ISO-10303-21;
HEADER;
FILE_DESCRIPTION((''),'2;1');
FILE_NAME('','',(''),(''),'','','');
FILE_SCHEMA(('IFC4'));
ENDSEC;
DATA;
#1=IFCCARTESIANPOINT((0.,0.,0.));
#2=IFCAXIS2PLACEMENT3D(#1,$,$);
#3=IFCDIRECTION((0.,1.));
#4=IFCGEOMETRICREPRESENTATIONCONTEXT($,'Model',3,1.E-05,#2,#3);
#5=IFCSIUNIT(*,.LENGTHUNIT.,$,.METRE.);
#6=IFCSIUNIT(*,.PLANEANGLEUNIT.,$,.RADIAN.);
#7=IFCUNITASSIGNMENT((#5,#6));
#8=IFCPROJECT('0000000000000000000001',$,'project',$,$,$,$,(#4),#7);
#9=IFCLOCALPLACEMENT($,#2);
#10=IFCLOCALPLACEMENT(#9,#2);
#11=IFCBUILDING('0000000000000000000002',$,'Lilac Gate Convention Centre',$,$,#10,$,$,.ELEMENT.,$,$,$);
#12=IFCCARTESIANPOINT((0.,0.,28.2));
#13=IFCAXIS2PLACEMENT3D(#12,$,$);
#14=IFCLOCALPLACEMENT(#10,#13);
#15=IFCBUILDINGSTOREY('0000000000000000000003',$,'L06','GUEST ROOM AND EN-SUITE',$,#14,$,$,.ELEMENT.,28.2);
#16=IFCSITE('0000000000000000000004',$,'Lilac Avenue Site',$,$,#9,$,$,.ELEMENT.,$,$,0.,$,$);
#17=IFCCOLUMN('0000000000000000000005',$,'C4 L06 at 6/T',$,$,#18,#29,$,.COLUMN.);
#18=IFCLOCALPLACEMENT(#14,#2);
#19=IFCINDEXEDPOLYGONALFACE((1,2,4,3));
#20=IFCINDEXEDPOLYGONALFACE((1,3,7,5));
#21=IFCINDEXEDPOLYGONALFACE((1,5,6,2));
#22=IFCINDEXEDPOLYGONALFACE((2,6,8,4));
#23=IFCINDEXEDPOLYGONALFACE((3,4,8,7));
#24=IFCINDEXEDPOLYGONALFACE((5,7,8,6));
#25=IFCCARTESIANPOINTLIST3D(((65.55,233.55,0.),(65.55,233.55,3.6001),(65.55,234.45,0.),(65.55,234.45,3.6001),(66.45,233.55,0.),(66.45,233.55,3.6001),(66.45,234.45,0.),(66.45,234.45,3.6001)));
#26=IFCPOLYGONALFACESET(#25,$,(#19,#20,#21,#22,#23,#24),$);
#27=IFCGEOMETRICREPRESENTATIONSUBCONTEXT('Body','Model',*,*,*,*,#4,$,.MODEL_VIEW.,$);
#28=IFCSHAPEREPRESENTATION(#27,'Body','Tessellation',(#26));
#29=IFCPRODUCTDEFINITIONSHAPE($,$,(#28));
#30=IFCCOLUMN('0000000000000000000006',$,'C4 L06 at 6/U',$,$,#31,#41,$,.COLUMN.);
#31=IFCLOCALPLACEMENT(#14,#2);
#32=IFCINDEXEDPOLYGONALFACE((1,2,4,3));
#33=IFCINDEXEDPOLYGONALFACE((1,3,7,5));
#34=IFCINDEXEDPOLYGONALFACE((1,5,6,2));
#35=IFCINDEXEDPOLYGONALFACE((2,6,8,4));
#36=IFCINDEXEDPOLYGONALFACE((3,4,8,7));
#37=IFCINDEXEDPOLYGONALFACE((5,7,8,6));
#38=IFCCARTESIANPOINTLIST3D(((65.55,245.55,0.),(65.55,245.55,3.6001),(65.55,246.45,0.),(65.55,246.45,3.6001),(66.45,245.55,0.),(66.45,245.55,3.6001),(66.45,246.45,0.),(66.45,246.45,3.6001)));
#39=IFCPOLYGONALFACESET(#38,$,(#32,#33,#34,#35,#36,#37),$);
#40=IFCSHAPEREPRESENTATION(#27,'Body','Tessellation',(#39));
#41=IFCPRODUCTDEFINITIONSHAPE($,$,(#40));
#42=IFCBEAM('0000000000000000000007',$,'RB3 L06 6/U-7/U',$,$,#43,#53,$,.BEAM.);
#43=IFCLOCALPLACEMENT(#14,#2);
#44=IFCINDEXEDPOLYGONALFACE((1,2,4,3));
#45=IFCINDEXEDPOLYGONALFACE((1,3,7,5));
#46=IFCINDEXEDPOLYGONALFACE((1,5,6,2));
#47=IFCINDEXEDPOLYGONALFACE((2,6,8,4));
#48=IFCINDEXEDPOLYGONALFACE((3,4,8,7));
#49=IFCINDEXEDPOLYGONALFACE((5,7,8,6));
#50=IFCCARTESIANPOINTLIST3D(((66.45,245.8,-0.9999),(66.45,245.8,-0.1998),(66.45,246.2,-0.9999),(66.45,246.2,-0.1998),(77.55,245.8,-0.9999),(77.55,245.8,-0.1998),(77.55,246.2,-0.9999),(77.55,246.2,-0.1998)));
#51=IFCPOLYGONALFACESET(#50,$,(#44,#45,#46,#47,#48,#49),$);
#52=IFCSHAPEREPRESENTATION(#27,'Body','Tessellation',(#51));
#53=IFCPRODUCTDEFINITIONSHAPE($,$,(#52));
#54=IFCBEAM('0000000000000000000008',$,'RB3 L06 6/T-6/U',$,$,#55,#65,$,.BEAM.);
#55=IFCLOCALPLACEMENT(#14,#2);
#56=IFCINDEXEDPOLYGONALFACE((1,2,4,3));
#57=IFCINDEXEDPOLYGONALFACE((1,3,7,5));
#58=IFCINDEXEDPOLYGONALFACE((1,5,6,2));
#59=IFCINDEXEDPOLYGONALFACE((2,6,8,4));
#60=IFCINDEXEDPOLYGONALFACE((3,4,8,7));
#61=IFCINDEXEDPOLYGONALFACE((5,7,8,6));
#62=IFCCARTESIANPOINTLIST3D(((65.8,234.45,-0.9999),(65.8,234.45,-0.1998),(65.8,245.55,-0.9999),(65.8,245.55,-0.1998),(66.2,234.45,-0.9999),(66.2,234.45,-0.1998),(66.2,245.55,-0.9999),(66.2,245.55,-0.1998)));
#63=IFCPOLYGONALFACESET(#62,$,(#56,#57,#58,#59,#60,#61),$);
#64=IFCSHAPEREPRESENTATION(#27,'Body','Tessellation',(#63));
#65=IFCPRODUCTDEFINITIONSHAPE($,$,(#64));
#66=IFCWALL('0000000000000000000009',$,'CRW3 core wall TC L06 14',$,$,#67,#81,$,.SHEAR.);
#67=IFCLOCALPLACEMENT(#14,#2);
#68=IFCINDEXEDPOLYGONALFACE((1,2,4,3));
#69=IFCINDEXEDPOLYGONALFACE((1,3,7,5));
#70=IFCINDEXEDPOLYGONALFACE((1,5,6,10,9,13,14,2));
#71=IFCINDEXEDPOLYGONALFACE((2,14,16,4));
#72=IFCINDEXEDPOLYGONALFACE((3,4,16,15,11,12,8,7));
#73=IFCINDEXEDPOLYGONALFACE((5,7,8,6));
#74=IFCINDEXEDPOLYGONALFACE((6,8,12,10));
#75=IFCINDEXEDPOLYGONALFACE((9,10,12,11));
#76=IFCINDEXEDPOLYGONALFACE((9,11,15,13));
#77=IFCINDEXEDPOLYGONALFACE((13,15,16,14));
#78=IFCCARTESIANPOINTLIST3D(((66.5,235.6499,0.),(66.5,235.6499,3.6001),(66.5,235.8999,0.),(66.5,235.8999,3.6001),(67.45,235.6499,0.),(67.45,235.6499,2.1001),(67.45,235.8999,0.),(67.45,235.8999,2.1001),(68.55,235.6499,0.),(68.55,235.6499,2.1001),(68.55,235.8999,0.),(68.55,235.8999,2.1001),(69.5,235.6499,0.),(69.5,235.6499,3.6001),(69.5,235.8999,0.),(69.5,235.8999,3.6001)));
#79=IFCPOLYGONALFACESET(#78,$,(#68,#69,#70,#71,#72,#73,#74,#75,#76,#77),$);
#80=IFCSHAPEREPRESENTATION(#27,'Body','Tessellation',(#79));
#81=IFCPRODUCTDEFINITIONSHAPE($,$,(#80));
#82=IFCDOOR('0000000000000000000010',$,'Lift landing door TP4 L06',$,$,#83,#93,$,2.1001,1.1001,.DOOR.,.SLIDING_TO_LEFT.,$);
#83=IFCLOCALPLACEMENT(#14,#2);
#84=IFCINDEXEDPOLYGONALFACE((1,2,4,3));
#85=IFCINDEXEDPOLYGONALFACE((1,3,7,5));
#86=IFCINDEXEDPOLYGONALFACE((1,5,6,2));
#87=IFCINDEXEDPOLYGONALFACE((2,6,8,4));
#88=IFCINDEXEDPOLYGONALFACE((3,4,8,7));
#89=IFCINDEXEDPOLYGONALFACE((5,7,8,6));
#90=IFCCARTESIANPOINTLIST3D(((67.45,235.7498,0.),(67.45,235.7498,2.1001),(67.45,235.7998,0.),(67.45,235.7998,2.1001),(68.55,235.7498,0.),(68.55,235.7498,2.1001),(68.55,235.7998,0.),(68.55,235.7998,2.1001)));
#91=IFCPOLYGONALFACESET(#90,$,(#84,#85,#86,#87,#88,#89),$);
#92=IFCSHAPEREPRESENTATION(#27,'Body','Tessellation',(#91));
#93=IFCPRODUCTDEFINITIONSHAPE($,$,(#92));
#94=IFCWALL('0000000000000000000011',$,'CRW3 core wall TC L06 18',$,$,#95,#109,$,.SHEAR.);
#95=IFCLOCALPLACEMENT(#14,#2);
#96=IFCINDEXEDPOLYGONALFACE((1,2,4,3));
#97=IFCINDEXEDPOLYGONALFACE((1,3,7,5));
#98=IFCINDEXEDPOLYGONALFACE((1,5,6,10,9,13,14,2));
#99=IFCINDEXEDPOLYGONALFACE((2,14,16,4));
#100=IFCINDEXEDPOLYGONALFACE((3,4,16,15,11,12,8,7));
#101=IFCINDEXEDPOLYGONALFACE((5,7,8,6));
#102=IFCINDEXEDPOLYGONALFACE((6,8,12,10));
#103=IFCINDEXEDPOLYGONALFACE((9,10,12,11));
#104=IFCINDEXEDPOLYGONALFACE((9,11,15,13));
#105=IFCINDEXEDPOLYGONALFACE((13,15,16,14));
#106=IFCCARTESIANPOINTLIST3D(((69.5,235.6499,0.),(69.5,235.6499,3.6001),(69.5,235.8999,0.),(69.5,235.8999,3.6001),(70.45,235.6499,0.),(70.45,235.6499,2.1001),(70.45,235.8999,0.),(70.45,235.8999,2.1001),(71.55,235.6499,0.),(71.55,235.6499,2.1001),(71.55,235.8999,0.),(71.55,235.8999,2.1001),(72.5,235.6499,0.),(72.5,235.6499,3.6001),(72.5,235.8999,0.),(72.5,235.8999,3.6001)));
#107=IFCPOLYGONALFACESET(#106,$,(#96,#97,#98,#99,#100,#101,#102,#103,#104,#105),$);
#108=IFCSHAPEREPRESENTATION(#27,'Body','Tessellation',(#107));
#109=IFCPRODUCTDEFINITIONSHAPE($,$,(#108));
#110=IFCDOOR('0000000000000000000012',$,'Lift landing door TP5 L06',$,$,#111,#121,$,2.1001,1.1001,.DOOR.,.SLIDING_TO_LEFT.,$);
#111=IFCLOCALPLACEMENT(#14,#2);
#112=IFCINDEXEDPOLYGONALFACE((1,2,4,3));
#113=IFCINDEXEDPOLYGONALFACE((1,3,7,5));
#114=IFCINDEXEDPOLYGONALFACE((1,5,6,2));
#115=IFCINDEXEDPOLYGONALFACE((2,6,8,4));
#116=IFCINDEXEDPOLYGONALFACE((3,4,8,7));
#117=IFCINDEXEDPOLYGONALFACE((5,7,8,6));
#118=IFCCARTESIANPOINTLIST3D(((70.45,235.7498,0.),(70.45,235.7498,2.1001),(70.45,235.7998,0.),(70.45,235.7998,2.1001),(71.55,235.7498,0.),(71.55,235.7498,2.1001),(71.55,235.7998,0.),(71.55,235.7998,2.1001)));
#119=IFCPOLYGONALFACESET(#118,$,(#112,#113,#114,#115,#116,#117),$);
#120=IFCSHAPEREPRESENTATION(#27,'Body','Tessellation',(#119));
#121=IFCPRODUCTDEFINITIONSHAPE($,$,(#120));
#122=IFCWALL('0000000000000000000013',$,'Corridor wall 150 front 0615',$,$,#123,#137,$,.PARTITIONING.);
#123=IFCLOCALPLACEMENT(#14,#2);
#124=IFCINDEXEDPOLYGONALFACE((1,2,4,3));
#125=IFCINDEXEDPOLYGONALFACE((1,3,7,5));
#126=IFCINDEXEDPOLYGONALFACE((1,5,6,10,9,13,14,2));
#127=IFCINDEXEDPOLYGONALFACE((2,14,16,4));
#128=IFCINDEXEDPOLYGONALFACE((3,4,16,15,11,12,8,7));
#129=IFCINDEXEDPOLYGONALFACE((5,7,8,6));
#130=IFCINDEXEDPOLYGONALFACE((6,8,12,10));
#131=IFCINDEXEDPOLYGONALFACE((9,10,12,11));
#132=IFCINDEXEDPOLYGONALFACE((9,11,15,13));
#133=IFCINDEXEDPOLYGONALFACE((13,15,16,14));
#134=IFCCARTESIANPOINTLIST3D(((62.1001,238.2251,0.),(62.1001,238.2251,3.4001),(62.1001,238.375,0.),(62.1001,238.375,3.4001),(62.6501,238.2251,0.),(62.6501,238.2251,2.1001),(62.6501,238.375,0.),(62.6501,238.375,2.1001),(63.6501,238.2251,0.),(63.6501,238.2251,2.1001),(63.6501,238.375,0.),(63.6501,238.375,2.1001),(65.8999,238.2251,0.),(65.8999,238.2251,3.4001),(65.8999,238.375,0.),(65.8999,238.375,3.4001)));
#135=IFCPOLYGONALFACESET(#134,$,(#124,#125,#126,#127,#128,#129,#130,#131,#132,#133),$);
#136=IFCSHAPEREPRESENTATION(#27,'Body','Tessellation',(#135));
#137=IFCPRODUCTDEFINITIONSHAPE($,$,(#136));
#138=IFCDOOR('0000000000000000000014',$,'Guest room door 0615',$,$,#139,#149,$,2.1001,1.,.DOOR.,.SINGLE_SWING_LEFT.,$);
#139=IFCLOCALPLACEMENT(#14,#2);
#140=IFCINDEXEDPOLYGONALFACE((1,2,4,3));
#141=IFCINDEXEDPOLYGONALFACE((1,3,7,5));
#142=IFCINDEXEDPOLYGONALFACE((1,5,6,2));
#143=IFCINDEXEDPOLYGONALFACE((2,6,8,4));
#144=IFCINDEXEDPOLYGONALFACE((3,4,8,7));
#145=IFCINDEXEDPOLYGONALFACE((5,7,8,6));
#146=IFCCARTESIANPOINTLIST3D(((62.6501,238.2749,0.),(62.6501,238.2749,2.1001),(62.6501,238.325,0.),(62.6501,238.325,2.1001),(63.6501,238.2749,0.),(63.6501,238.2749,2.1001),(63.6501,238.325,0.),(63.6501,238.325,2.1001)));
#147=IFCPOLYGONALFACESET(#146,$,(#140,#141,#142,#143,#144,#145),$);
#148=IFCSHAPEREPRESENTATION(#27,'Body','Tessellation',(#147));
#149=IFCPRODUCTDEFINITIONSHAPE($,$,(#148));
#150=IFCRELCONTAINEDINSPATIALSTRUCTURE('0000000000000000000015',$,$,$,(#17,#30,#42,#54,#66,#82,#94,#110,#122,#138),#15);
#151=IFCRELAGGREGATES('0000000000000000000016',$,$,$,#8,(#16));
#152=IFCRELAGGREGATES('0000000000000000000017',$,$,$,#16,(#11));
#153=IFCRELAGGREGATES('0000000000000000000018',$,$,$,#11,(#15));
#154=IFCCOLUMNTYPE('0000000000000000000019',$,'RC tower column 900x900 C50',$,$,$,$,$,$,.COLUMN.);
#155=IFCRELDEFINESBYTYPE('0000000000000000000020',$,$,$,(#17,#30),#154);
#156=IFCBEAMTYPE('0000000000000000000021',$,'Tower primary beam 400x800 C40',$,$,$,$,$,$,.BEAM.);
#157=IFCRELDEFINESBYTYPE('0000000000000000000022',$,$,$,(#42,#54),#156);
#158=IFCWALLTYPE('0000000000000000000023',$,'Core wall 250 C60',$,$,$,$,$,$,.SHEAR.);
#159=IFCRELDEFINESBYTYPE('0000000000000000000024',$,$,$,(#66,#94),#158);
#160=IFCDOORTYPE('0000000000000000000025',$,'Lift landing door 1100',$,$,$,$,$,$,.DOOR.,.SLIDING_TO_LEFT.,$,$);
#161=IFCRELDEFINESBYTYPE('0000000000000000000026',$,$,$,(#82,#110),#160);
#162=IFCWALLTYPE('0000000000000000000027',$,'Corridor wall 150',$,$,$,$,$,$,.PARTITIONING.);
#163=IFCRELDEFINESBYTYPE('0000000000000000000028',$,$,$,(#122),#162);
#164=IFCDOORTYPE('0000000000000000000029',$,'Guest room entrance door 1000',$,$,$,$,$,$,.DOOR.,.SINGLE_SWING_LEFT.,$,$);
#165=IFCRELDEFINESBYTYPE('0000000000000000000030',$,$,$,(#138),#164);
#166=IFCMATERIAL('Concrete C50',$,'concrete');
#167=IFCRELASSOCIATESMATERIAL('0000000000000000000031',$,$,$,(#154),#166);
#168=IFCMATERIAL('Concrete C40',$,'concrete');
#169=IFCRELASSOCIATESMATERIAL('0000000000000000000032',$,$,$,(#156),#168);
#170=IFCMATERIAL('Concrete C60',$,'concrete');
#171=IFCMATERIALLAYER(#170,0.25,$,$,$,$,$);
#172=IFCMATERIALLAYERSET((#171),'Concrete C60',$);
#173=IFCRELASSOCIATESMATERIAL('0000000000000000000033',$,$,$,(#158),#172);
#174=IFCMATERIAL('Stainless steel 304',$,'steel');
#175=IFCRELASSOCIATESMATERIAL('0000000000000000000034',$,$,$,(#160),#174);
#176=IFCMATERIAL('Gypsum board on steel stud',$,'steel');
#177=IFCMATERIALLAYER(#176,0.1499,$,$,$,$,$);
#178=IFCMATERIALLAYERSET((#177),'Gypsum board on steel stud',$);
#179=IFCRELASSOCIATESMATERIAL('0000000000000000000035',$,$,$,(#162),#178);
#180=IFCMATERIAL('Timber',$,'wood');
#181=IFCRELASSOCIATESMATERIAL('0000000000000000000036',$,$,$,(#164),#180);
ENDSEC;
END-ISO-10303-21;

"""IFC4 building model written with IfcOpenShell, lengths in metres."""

from ifc_helpers import new_model, si_unit, direction, frame, frame_2d, origin, origin_2d, place, context, subcontext, project, spatial, rectangle, extrude, material, layer, layer_set, material_profile, profile_set, type_object, element, fill, save


model = new_model("IFC4")

# Units and contexts
model_context = context("Model", 3, precision=1e-05, world=origin(), true_north=direction((0.0, 1.0)))
body_context = subcontext(model_context, "Body", "Model", "MODEL_VIEW")
ifc_project = project(units=[si_unit("LENGTHUNIT", "METRE"), si_unit("PLANEANGLEUNIT", "RADIAN")], contexts=[model_context])

# Site, building, storey
site_placement = place(None, origin())
site = spatial("IfcSite", under=ifc_project, at=site_placement, Name="Lilac Avenue Site", CompositionType="ELEMENT", RefElevation=0.0)
building_placement = place(site_placement, origin())
building = spatial("IfcBuilding", under=site, at=building_placement, Name="Lilac Gate Convention Centre", CompositionType="ELEMENT")
storey_placement = place(building_placement, frame((0.0, 0.0, 28.2)))
storey = spatial("IfcBuildingStorey", under=building, at=storey_placement, Name="L06", Description="GUEST ROOM AND EN-SUITE", CompositionType="ELEMENT", Elevation=28.2)

# Columns
ifc_material_1 = material(Name="Concrete C50", Category="concrete")
ifc_material_profile_1 = material_profile(ifc_material_1, rectangle(XDim=0.8999, YDim=0.8999, at=origin_2d()), Name="RC 900x900")
ifc_profile_set_1 = profile_set([ifc_material_profile_1], Name="Concrete C50")
column_type = type_object("IfcColumnType", Name="RC tower column 900x900 C50", PredefinedType="COLUMN", material=ifc_profile_set_1)
for number, where, z_axis, x_axis, name in (
    (1, (66.0, 234.0, 0.0), (0.0, 0.0, 1.0), (1.0, 0.0, 0.0), "C4 L06 at 6/T"),
    (2, (66.0, 246.0, 0.0), (0.0, 0.0, 1.0), (1.0, 0.0, 0.0), "C4 L06 at 6/U"),
):
    element("IfcColumn", number, at=place(storey_placement, frame(where, z_axis=z_axis, x_axis=x_axis)), inside=storey, type_object=column_type, Name=name, PredefinedType="COLUMN", context=body_context, shape_type="SweptSolid", body=[
        extrude(rectangle(XDim=0.8999, YDim=0.8999, at=origin_2d()), origin(), (0.0, 0.0, 1.0), 3.6001),
    ])

# Beams
ifc_material_2 = material(Name="Concrete C40", Category="concrete")
ifc_material_profile_2 = material_profile(ifc_material_2, rectangle(XDim=0.3999, YDim=0.8, at=origin_2d()), Name="RC 400x800")
ifc_profile_set_2 = profile_set([ifc_material_profile_2], Name="Concrete C40")
beam_type = type_object("IfcBeamType", Name="Tower primary beam 400x800 C40", PredefinedType="BEAM", material=ifc_profile_set_2)
for number, where, z_axis, x_axis, name in (
    (3, (66.45, 246.0, -0.5999), (1.0, 0.0, 0.0), (0.0, 1.0, 0.0), "RB3 L06 6/U-7/U"),
    (4, (66.0, 234.45, -0.5999), (0.0, 1.0, 0.0), (-1.0, 0.0, 0.0), "RB3 L06 6/T-6/U"),
):
    element("IfcBeam", number, at=place(storey_placement, frame(where, z_axis=z_axis, x_axis=x_axis)), inside=storey, type_object=beam_type, Name=name, PredefinedType="BEAM", context=body_context, shape_type="SweptSolid", body=[
        extrude(rectangle(XDim=0.3999, YDim=0.8, at=origin_2d()), origin(), (0.0, 0.0, 1.0), 11.1001),
    ])

# Walls, openings, doors
ifc_material_3 = material(Name="Concrete C60", Category="concrete")
ifc_layer_1 = layer(ifc_material_3, 0.25)
ifc_layer_set_1 = layer_set([ifc_layer_1], Name="Concrete C60")
wall_type_1 = type_object("IfcWallType", Name="Core wall 250 C60", PredefinedType="SHEAR", material=ifc_layer_set_1)
wall_1_placement = place(storey_placement, frame((66.5, 235.7749, 0.0), z_axis=(0.0, 0.0, 1.0), x_axis=(1.0, 0.0, 0.0)))
wall_1 = element("IfcWall", 5, at=wall_1_placement, inside=storey, type_object=wall_type_1, Name="CRW3 core wall TC L06 14", PredefinedType="SHEAR", context=body_context, shape_type="SweptSolid", body=[
    extrude(rectangle(XDim=3.0, YDim=0.25, at=frame_2d((1.5, 0.0))), origin(), (0.0, 0.0, 1.0), 3.6001),
])
opening_1_placement = place(wall_1_placement, frame((0.95, 0.0, 0.0)))
opening_1 = element("IfcOpeningElement", 6, at=opening_1_placement, cuts=wall_1, PredefinedType="OPENING", context=body_context, shape_type="SweptSolid", body=[
    extrude(rectangle(XDim=1.1001, YDim=2.1001, at=frame_2d((0.55, 1.05))), frame((0.0, 0.135, 0.0), z_axis=(0.0, -1.0, 0.0), x_axis=(1.0, 0.0, 0.0)), (0.0, 0.0, 1.0), 0.27),
])
ifc_material_4 = material(Name="Stainless steel 304", Category="steel")
door_type_1 = type_object("IfcDoorType", Name="Lift landing door 1100", OperationType="SLIDING_TO_LEFT", PredefinedType="DOOR", material=ifc_material_4)
door_1_placement = place(opening_1_placement, origin())
door_1 = element("IfcDoor", 7, at=door_1_placement, inside=storey, type_object=door_type_1, Name="Lift landing door TP4 L06", OperationType="SLIDING_TO_LEFT", OverallHeight=2.1001, OverallWidth=1.1001, PredefinedType="DOOR", context=body_context, shape_type="SweptSolid", body=[
    extrude(rectangle(XDim=1.1001, YDim=2.1001, at=frame_2d((0.55, 1.05))), frame((0.0, 0.0249, 0.0), z_axis=(0.0, -1.0, 0.0), x_axis=(1.0, 0.0, 0.0)), (0.0, 0.0, 1.0), 0.05),
])
fill(opening_1, door_1)
wall_2_placement = place(storey_placement, frame((69.5, 235.7749, 0.0), z_axis=(0.0, 0.0, 1.0), x_axis=(1.0, 0.0, 0.0)))
wall_2 = element("IfcWall", 8, at=wall_2_placement, inside=storey, type_object=wall_type_1, Name="CRW3 core wall TC L06 18", PredefinedType="SHEAR", context=body_context, shape_type="SweptSolid", body=[
    extrude(rectangle(XDim=3.0, YDim=0.25, at=frame_2d((1.5, 0.0))), origin(), (0.0, 0.0, 1.0), 3.6001),
])
opening_2_placement = place(wall_2_placement, frame((0.95, 0.0, 0.0)))
opening_2 = element("IfcOpeningElement", 9, at=opening_2_placement, cuts=wall_2, PredefinedType="OPENING", context=body_context, shape_type="SweptSolid", body=[
    extrude(rectangle(XDim=1.1001, YDim=2.1001, at=frame_2d((0.55, 1.05))), frame((0.0, 0.135, 0.0), z_axis=(0.0, -1.0, 0.0), x_axis=(1.0, 0.0, 0.0)), (0.0, 0.0, 1.0), 0.27),
])
door_2_placement = place(opening_2_placement, origin())
door_2 = element("IfcDoor", 10, at=door_2_placement, inside=storey, type_object=door_type_1, Name="Lift landing door TP5 L06", OperationType="SLIDING_TO_LEFT", OverallHeight=2.1001, OverallWidth=1.1001, PredefinedType="DOOR", context=body_context, shape_type="SweptSolid", body=[
    extrude(rectangle(XDim=1.1001, YDim=2.1001, at=frame_2d((0.55, 1.05))), frame((0.0, 0.0249, 0.0), z_axis=(0.0, -1.0, 0.0), x_axis=(1.0, 0.0, 0.0)), (0.0, 0.0, 1.0), 0.05),
])
fill(opening_2, door_2)
ifc_material_5 = material(Name="Gypsum board on steel stud", Category="steel")
ifc_layer_2 = layer(ifc_material_5, 0.1499)
ifc_layer_set_2 = layer_set([ifc_layer_2], Name="Gypsum board on steel stud")
wall_type_2 = type_object("IfcWallType", Name="Corridor wall 150", PredefinedType="PARTITIONING", material=ifc_layer_set_2)
wall_3_placement = place(storey_placement, frame((62.1001, 238.3, 0.0), z_axis=(0.0, 0.0, 1.0), x_axis=(1.0, 0.0, 0.0)))
wall_3 = element("IfcWall", 11, at=wall_3_placement, inside=storey, type_object=wall_type_2, Name="Corridor wall 150 front 0615", PredefinedType="PARTITIONING", context=body_context, shape_type="SweptSolid", body=[
    extrude(rectangle(XDim=3.7998, YDim=0.1499, at=frame_2d((1.8999, 0.0))), origin(), (0.0, 0.0, 1.0), 3.4001),
])
opening_3_placement = place(wall_3_placement, frame((0.55, 0.0, 0.0)))
opening_3 = element("IfcOpeningElement", 12, at=opening_3_placement, cuts=wall_3, PredefinedType="OPENING", context=body_context, shape_type="SweptSolid", body=[
    extrude(rectangle(XDim=1.0, YDim=2.1001, at=frame_2d((0.5, 1.05))), frame((0.0, 0.085, 0.0), z_axis=(0.0, -1.0, 0.0), x_axis=(1.0, 0.0, 0.0)), (0.0, 0.0, 1.0), 0.1699),
])
ifc_material_6 = material(Name="Timber", Category="wood")
door_type_2 = type_object("IfcDoorType", Name="Guest room entrance door 1000", OperationType="SINGLE_SWING_LEFT", PredefinedType="DOOR", material=ifc_material_6)
door_3_placement = place(opening_3_placement, origin())
door_3 = element("IfcDoor", 13, at=door_3_placement, inside=storey, type_object=door_type_2, Name="Guest room door 0615", OperationType="SINGLE_SWING_LEFT", OverallHeight=2.1001, OverallWidth=1.0, PredefinedType="DOOR", context=body_context, shape_type="SweptSolid", body=[
    extrude(rectangle(XDim=1.0, YDim=2.1001, at=frame_2d((0.5, 1.05))), frame((0.0, 0.0249, 0.0), z_axis=(0.0, -1.0, 0.0), x_axis=(1.0, 0.0, 0.0)), (0.0, 0.0, 1.0), 0.05),
])
fill(opening_3, door_3)

save(model, "model.ifc")
